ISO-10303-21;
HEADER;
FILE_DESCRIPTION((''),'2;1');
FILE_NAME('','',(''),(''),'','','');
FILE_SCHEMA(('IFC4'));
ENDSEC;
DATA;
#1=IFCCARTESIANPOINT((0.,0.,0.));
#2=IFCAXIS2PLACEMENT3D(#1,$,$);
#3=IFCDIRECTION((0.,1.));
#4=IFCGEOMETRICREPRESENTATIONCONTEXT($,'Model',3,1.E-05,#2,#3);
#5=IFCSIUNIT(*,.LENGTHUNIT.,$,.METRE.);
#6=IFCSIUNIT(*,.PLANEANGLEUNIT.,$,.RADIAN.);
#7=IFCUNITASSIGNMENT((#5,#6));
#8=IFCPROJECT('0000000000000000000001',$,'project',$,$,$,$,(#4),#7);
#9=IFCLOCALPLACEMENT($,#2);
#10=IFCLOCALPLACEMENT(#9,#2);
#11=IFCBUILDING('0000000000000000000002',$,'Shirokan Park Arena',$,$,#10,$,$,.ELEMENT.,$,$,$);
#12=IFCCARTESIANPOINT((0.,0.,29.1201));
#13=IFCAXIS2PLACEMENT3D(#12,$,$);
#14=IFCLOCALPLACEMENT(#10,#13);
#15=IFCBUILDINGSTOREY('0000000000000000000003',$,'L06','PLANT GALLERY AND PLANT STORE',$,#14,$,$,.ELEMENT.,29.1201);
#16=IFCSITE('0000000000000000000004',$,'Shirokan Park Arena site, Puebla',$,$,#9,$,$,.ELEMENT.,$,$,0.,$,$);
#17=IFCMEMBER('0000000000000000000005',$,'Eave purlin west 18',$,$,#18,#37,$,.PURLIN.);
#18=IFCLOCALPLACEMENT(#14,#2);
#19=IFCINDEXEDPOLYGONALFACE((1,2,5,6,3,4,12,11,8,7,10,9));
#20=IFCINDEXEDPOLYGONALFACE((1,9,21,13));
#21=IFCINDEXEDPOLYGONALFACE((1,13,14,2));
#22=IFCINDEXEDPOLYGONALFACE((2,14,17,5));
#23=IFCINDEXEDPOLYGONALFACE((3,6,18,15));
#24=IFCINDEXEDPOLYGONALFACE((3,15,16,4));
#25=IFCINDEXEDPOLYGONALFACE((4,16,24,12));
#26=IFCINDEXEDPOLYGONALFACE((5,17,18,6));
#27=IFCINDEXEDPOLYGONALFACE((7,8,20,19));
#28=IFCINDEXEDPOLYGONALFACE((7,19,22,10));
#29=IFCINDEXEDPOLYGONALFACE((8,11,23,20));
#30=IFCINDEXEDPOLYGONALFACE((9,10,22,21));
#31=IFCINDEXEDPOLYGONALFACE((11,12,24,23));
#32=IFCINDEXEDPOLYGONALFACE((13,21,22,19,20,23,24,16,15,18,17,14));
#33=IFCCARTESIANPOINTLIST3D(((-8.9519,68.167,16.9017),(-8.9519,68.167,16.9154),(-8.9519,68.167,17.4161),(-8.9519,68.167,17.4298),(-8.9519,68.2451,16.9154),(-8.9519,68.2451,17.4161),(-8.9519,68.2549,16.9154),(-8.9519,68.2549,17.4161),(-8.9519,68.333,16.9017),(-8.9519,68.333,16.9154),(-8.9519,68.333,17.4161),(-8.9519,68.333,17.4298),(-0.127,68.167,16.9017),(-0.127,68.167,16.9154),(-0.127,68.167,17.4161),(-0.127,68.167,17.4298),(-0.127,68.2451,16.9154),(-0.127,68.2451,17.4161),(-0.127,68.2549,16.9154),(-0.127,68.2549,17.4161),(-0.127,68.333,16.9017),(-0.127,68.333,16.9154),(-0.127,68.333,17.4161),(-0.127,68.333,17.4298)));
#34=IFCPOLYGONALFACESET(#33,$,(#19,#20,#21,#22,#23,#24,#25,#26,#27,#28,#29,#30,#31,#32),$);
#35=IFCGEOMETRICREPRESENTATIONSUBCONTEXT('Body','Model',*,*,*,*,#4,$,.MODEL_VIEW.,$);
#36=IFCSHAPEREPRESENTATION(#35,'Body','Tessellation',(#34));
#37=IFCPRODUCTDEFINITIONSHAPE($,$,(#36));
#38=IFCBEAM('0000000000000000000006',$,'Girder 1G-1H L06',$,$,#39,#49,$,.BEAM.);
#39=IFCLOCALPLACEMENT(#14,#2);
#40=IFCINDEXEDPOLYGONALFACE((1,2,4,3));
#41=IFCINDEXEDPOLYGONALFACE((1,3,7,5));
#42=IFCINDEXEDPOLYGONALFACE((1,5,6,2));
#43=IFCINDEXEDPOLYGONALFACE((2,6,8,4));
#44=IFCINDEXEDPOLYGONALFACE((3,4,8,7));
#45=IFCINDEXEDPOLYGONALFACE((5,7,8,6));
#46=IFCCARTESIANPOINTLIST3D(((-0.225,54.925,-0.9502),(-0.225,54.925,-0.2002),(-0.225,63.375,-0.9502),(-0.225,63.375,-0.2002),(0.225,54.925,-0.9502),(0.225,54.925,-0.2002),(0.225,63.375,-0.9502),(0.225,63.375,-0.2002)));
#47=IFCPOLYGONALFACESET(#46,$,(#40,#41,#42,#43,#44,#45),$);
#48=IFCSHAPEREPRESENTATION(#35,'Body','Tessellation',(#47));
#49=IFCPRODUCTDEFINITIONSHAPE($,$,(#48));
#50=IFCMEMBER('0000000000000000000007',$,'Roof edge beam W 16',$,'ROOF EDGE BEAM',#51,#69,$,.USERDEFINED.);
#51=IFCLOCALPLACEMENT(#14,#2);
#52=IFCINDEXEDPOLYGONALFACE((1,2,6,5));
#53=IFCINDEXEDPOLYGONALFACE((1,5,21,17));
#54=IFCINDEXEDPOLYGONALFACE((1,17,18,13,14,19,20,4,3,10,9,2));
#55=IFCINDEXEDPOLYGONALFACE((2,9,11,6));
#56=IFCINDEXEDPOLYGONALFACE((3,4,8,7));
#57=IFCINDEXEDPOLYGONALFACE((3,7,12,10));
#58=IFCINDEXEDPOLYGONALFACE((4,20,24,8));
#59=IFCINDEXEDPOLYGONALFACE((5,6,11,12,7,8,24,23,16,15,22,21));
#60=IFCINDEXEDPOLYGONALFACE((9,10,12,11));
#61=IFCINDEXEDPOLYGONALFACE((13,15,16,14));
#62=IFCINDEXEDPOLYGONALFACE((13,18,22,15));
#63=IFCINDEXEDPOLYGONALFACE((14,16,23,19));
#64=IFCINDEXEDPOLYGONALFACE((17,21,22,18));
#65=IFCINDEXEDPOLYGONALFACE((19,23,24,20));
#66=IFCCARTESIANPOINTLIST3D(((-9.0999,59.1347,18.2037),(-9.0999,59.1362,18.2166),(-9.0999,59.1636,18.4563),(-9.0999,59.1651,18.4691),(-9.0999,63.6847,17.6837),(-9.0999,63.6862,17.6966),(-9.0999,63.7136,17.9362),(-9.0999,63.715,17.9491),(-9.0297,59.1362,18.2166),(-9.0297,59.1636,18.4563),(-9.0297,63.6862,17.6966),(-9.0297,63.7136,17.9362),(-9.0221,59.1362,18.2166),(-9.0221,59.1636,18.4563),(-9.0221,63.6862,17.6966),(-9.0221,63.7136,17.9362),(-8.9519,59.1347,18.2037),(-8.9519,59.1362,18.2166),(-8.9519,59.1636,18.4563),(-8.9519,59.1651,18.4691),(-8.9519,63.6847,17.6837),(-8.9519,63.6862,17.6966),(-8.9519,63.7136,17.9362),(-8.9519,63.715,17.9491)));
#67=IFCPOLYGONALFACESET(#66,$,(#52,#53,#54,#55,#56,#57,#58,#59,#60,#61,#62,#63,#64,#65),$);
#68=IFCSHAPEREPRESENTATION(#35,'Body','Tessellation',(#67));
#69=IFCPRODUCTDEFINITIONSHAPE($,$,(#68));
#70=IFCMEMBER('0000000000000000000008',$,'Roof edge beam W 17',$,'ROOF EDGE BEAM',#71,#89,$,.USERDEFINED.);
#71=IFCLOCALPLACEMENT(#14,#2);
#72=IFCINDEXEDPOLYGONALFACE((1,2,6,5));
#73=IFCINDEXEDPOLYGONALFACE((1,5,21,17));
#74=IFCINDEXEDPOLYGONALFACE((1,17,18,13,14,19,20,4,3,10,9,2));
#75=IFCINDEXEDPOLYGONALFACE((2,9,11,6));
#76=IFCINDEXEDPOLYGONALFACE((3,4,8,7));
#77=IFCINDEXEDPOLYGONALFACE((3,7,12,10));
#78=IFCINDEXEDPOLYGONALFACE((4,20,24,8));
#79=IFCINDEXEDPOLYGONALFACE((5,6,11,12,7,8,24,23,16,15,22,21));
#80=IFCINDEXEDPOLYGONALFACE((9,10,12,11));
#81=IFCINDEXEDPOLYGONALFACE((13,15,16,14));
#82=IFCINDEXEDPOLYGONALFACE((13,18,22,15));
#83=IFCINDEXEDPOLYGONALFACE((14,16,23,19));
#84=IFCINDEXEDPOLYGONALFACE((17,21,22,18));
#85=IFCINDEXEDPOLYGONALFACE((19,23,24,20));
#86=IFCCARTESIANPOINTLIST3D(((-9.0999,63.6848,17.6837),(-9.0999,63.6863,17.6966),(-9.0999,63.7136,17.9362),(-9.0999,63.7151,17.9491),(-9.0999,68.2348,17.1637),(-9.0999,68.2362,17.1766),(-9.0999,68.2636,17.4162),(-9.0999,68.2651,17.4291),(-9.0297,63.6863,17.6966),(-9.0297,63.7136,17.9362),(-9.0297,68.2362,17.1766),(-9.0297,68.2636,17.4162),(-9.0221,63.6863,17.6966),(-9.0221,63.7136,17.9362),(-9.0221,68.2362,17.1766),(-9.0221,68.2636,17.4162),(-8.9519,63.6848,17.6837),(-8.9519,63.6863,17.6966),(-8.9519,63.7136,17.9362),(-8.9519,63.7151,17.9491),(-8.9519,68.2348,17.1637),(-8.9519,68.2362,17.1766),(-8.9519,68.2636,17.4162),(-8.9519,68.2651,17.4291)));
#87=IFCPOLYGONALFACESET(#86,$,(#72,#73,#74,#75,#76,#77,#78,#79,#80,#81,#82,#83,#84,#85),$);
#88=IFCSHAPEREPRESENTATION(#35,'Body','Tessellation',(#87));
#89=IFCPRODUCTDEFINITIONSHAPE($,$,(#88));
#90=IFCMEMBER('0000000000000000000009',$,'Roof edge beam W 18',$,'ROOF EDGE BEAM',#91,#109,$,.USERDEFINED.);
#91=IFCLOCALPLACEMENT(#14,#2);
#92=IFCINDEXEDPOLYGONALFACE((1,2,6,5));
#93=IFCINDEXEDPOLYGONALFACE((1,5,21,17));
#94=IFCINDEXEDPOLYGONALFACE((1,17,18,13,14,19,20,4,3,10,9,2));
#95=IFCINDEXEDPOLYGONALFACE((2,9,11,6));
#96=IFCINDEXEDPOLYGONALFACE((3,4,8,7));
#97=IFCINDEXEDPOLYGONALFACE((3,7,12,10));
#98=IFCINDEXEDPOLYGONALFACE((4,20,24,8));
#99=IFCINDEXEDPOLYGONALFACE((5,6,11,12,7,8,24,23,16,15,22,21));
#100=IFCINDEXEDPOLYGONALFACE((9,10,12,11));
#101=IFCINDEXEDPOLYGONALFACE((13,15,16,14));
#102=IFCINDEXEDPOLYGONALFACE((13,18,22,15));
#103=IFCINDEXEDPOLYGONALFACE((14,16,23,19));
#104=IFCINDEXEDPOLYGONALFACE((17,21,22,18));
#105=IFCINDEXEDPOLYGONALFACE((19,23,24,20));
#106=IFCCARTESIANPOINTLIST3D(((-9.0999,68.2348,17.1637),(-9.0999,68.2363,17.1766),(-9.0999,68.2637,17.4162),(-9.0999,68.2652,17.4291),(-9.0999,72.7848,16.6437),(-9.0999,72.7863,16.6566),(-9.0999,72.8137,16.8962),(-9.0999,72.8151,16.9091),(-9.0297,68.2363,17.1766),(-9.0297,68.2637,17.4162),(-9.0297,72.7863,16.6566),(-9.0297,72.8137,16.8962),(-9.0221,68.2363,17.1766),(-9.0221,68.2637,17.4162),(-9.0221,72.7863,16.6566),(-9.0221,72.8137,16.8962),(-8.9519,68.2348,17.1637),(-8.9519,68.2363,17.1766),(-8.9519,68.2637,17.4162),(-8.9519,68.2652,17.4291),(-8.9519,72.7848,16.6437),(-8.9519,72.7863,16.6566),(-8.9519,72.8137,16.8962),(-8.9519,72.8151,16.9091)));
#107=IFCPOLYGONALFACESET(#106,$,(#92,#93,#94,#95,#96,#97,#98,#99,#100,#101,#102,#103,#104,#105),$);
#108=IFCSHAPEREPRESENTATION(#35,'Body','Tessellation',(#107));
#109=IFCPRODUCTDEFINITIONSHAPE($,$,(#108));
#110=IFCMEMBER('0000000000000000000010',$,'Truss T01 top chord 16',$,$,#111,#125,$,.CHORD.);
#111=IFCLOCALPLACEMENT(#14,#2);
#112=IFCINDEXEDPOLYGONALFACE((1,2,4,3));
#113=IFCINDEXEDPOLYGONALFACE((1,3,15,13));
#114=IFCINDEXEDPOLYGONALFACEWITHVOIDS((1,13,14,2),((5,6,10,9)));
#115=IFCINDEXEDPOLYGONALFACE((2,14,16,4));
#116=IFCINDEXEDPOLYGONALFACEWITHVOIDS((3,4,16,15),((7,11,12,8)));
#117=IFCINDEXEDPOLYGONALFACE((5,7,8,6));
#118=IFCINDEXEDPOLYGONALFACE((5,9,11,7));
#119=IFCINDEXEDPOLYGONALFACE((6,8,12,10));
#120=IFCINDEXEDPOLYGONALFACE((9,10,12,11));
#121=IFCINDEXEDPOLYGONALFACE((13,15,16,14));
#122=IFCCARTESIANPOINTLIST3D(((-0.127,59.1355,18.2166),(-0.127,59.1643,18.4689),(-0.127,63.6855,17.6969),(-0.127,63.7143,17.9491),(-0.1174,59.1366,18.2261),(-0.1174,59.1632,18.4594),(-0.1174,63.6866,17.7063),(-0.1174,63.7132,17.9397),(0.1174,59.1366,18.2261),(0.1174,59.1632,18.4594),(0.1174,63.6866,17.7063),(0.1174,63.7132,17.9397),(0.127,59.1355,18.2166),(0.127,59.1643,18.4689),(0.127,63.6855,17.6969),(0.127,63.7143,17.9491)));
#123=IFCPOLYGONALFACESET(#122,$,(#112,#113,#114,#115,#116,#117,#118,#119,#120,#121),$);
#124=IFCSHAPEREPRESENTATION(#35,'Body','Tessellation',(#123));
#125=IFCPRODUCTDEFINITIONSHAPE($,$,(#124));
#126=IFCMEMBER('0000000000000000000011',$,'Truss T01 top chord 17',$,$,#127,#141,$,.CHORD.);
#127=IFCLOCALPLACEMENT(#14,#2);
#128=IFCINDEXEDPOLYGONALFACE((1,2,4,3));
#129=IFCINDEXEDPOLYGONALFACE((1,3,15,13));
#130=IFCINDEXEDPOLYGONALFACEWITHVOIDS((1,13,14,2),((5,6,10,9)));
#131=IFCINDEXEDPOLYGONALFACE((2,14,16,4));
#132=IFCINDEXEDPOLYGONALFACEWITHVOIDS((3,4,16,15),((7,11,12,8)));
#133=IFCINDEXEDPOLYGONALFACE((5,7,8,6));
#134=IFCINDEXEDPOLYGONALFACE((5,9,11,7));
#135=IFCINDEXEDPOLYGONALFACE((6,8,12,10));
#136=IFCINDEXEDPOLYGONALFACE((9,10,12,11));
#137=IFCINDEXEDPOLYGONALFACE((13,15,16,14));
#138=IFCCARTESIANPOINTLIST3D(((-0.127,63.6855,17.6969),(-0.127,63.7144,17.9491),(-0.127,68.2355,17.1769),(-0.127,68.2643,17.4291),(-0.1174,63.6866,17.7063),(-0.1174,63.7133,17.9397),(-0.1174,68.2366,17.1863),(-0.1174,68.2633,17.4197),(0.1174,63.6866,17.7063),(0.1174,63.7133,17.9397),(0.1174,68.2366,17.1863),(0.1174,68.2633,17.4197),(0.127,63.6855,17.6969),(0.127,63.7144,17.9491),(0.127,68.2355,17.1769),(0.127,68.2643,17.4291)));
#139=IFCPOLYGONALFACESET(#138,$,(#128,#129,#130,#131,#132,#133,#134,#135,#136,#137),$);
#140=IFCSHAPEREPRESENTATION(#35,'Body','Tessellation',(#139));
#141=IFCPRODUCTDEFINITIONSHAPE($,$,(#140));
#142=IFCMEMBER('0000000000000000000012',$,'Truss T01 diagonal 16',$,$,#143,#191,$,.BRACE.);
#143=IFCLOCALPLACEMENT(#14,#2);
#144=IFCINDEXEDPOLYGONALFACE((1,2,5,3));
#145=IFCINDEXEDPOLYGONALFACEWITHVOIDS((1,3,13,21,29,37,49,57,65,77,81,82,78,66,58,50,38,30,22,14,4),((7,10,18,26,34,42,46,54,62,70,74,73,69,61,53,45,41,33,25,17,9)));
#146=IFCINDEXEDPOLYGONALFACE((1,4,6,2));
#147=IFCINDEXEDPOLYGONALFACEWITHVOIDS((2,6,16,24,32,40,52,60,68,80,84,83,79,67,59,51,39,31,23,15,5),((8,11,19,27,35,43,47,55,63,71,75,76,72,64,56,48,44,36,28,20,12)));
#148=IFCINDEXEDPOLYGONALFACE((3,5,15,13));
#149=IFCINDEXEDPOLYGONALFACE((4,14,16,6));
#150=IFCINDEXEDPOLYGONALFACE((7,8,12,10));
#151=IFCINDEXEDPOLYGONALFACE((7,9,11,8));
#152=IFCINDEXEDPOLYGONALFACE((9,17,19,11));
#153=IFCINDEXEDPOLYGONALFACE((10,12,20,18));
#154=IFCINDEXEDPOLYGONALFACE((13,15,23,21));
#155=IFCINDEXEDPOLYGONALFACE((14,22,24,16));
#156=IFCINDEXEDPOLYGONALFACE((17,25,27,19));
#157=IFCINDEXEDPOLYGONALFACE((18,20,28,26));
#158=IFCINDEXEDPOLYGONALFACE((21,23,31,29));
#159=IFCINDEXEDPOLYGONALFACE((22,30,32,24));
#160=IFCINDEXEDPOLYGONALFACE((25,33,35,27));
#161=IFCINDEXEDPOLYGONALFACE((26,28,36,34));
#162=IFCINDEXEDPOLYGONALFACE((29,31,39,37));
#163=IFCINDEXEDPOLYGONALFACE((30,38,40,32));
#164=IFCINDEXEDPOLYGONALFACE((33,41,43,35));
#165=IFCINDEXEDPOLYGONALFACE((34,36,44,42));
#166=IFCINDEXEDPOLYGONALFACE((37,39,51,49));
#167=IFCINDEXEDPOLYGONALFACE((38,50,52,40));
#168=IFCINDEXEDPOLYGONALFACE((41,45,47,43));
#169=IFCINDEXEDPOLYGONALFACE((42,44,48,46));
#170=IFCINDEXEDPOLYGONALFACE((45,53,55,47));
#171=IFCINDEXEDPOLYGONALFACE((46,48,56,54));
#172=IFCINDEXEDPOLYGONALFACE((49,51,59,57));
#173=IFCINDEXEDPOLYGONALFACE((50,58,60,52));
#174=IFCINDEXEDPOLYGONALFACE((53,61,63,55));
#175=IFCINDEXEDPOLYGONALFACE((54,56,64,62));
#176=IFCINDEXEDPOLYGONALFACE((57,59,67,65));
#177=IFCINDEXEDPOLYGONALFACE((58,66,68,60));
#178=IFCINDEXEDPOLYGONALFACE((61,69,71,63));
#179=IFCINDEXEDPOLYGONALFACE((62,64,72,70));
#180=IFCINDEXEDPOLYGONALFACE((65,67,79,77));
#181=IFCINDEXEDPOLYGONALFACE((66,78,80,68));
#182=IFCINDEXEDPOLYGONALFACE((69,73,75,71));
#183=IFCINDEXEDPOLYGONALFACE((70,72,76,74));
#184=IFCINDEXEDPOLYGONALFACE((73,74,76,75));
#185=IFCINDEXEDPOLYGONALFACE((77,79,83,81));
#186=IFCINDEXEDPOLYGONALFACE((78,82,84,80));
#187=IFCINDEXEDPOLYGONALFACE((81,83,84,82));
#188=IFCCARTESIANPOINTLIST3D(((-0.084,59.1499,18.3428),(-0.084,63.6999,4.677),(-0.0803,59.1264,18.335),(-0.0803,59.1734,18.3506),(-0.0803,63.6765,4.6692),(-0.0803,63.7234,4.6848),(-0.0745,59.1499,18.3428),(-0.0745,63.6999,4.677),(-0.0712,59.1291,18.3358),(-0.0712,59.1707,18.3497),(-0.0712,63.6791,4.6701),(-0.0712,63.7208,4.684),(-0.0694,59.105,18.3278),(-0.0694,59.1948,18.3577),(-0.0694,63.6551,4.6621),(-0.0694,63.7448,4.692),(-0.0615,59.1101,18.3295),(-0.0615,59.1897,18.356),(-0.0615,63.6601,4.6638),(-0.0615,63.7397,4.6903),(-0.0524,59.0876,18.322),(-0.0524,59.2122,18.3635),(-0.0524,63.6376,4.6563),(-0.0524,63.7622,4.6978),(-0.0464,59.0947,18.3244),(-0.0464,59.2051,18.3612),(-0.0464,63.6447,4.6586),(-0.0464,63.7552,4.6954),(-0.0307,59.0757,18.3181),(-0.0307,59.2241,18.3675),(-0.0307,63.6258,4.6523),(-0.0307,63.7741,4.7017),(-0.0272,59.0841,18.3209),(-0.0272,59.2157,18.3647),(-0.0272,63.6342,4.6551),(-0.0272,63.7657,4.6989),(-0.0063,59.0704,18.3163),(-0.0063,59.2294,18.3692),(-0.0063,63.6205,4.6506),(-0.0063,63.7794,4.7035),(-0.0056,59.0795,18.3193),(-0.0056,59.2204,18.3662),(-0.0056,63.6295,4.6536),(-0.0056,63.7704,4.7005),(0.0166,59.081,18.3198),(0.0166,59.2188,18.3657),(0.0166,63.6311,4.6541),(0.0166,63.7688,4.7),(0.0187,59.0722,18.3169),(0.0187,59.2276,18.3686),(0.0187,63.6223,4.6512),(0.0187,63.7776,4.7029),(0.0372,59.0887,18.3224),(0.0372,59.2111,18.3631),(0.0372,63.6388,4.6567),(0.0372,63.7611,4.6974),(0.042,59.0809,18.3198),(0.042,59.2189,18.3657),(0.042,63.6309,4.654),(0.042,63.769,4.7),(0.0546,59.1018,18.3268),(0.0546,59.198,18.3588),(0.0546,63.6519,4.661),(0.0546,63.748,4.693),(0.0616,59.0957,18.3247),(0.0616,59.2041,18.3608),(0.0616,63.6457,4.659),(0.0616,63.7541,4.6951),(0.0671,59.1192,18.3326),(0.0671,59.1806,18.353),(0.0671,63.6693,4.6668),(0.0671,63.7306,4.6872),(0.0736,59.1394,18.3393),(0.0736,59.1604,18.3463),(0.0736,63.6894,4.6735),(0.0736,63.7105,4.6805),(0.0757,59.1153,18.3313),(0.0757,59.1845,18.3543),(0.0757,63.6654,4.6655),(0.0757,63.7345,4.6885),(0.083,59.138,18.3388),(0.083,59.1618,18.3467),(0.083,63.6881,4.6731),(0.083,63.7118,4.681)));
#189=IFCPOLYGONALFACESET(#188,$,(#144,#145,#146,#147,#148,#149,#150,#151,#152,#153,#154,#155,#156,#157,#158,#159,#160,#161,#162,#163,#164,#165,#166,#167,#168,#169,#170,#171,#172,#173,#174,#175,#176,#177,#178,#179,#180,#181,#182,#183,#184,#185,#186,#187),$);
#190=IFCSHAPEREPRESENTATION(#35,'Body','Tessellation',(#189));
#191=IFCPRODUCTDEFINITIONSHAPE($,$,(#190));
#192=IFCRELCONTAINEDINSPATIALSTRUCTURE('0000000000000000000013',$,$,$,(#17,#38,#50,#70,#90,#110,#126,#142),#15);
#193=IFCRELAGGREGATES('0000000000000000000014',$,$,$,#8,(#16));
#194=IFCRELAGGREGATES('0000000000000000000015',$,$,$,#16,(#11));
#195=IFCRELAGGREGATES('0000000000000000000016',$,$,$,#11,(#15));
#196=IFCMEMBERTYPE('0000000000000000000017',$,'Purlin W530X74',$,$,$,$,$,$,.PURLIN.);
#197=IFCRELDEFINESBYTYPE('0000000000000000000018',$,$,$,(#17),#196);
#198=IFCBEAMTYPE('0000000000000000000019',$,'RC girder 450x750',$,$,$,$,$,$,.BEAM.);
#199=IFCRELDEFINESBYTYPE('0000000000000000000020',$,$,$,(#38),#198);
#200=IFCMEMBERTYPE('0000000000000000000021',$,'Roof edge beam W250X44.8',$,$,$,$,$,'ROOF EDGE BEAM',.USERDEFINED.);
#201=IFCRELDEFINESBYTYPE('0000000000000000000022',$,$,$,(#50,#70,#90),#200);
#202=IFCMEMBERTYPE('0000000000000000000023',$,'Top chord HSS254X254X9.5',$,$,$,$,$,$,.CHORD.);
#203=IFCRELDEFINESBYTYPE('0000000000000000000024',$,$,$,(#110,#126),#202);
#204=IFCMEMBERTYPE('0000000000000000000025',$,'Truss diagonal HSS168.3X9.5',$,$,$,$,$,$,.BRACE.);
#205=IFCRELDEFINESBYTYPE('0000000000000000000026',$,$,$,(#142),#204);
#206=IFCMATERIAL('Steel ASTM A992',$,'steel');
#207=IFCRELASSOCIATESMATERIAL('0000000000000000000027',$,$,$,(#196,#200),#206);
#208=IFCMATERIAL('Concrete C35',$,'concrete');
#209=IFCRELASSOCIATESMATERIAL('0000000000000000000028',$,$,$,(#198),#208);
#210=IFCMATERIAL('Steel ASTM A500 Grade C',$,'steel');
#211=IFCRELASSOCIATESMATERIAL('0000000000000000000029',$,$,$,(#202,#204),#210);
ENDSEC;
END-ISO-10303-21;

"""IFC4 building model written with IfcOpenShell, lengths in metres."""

from ifc_helpers import new_model, si_unit, direction, frame, origin, origin_2d, place, context, subcontext, project, spatial, rectangle, hollow_rectangle, hollow_circle, i_section, extrude, material, material_profile, profile_set, type_object, element, save


model = new_model("IFC4")

# Units and contexts
model_context = context("Model", 3, precision=1e-05, world=origin(), true_north=direction((0.0, 1.0)))
body_context = subcontext(model_context, "Body", "Model", "MODEL_VIEW")
ifc_project = project(units=[si_unit("LENGTHUNIT", "METRE"), si_unit("PLANEANGLEUNIT", "RADIAN")], contexts=[model_context])

# Site, building, storey
site_placement = place(None, origin())
site = spatial("IfcSite", under=ifc_project, at=site_placement, Name="Shirokan Park Arena site, Puebla", CompositionType="ELEMENT", RefElevation=0.0)
building_placement = place(site_placement, origin())
building = spatial("IfcBuilding", under=site, at=building_placement, Name="Shirokan Park Arena", CompositionType="ELEMENT")
storey_placement = place(building_placement, frame((0.0, 0.0, 29.1201)))
storey = spatial("IfcBuildingStorey", under=building, at=storey_placement, Name="L06", Description="PLANT GALLERY AND PLANT STORE", CompositionType="ELEMENT", Elevation=29.1201)

# Shared definitions
ifc_material_1 = material(Name="Concrete C35", Category="concrete")

# Member
ifc_material_2 = material(Name="Steel ASTM A500 Grade C", Category="steel")
ifc_material_3 = material(Name="Steel ASTM A992", Category="steel")
ifc_material_profile_1 = material_profile(ifc_material_3, i_section(OverallWidth=0.166, OverallDepth=0.5281, WebThickness=0.0098, FlangeThickness=0.0137, at=origin_2d()), Name="W530X74")
ifc_profile_set_1 = profile_set([ifc_material_profile_1], Name="Steel ASTM A992")
member_type_1 = type_object("IfcMemberType", Name="Purlin W530X74", PredefinedType="PURLIN", material=ifc_profile_set_1)
for number, where, z_axis, x_axis, name in (
    (1, (-8.9519, 68.25, 17.1658), (1.0, 0.0, 0.0), (0.0, 1.0, 0.0), "Eave purlin west 18"),
):
    element("IfcMember", number, at=place(storey_placement, frame(where, z_axis=z_axis, x_axis=x_axis)), inside=storey, type_object=member_type_1, Name=name, PredefinedType="PURLIN", context=body_context, shape_type="SweptSolid", body=[
        extrude(i_section(OverallWidth=0.166, OverallDepth=0.5281, WebThickness=0.0098, FlangeThickness=0.0137, at=origin_2d()), origin(), (0.0, 0.0, 1.0), 8.825),
    ])

# Beam
ifc_material_profile_2 = material_profile(ifc_material_1, rectangle(XDim=0.45, YDim=0.75, at=origin_2d()), Name="450x750")
ifc_profile_set_2 = profile_set([ifc_material_profile_2], Name="Concrete C35")
beam_type = type_object("IfcBeamType", Name="RC girder 450x750", PredefinedType="BEAM", material=ifc_profile_set_2)
beam_placement = place(storey_placement, frame((0.0, 54.925, -0.5752), z_axis=(0.0, 1.0, 0.0), x_axis=(-1.0, 0.0, 0.0)))
element("IfcBeam", 2, at=beam_placement, inside=storey, type_object=beam_type, Name="Girder 1G-1H L06", PredefinedType="BEAM", context=body_context, shape_type="SweptSolid", body=[
    extrude(rectangle(XDim=0.45, YDim=0.75, at=origin_2d()), origin(), (0.0, 0.0, 1.0), 8.45),
])

# Members
ifc_material_profile_3 = material_profile(ifc_material_3, i_section(OverallWidth=0.1479, OverallDepth=0.2671, WebThickness=0.0076, FlangeThickness=0.0129, at=origin_2d()), Name="W250X44.8")
ifc_profile_set_3 = profile_set([ifc_material_profile_3], Name="Steel ASTM A992")
member_type_2 = type_object("IfcMemberType", Name="Roof edge beam W250X44.8", ElementType="ROOF EDGE BEAM", PredefinedType="USERDEFINED", material=ifc_profile_set_3)
for number, where, z_axis, x_axis, name in (
    (3, (-9.0259, 59.1499, 18.3364), (0.0, 0.993532, -0.11355), (-1.0, 0.0, 0.0), "Roof edge beam W 16"),
    (4, (-9.0259, 63.7, 17.8164), (0.0, 0.993532, -0.11355), (-1.0, 0.0, 0.0), "Roof edge beam W 17"),
    (5, (-9.0259, 68.25, 17.2964), (0.0, 0.993532, -0.11355), (-1.0, 0.0, 0.0), "Roof edge beam W 18"),
):
    element("IfcMember", number, at=place(storey_placement, frame(where, z_axis=z_axis, x_axis=x_axis)), inside=storey, type_object=member_type_2, Name=name, ObjectType="ROOF EDGE BEAM", PredefinedType="USERDEFINED", context=body_context, shape_type="SweptSolid", body=[
        extrude(i_section(OverallWidth=0.1479, OverallDepth=0.2671, WebThickness=0.0076, FlangeThickness=0.0129, at=origin_2d()), origin(), (0.0, 0.0, 1.0), 4.5796),
    ])
ifc_material_profile_4 = material_profile(ifc_material_2, hollow_rectangle(XDim=0.2539, YDim=0.2539, WallThickness=0.0095, at=origin_2d()), Name="HSS254X254X9.5")
ifc_profile_set_4 = profile_set([ifc_material_profile_4], Name="Steel ASTM A500 Grade C")
member_type_3 = type_object("IfcMemberType", Name="Top chord HSS254X254X9.5", PredefinedType="CHORD", material=ifc_profile_set_4)
for number, where, z_axis, x_axis, name in (
    (6, (0.0, 59.1499, 18.3428), (0.0, 0.993538, -0.113497), (-1.0, 0.0, 0.0), "Truss T01 top chord 16"),
    (7, (0.0, 63.7, 17.823), (0.0, 0.993532, -0.11355), (-1.0, 0.0, 0.0), "Truss T01 top chord 17"),
):
    element("IfcMember", number, at=place(storey_placement, frame(where, z_axis=z_axis, x_axis=x_axis)), inside=storey, type_object=member_type_3, Name=name, PredefinedType="CHORD", context=body_context, shape_type="SweptSolid", body=[
        extrude(hollow_rectangle(XDim=0.2539, YDim=0.2539, WallThickness=0.0095, at=origin_2d()), origin(), (0.0, 0.0, 1.0), 4.5796),
    ])
ifc_material_profile_5 = material_profile(ifc_material_2, hollow_circle(Radius=0.084, WallThickness=0.0095, at=origin_2d()), Name="HSS168.3X9.5")
ifc_profile_set_5 = profile_set([ifc_material_profile_5], Name="Steel ASTM A500 Grade C")
member_type_4 = type_object("IfcMemberType", Name="Truss diagonal HSS168.3X9.5", PredefinedType="BRACE", material=ifc_profile_set_5)
member_1_placement = place(storey_placement, frame((0.0, 59.1499, 18.3428), z_axis=(0.0, 0.315902, -0.948792), x_axis=(-1.0, 0.0, 0.0)))
element("IfcMember", 8, at=member_1_placement, inside=storey, type_object=member_type_4, Name="Truss T01 diagonal 16", PredefinedType="BRACE", context=body_context, shape_type="SweptSolid", body=[
    extrude(hollow_circle(Radius=0.084, WallThickness=0.0095, at=origin_2d()), origin(), (0.0, 0.0, 1.0), 14.4033),
])

save(model, "model.ifc")
